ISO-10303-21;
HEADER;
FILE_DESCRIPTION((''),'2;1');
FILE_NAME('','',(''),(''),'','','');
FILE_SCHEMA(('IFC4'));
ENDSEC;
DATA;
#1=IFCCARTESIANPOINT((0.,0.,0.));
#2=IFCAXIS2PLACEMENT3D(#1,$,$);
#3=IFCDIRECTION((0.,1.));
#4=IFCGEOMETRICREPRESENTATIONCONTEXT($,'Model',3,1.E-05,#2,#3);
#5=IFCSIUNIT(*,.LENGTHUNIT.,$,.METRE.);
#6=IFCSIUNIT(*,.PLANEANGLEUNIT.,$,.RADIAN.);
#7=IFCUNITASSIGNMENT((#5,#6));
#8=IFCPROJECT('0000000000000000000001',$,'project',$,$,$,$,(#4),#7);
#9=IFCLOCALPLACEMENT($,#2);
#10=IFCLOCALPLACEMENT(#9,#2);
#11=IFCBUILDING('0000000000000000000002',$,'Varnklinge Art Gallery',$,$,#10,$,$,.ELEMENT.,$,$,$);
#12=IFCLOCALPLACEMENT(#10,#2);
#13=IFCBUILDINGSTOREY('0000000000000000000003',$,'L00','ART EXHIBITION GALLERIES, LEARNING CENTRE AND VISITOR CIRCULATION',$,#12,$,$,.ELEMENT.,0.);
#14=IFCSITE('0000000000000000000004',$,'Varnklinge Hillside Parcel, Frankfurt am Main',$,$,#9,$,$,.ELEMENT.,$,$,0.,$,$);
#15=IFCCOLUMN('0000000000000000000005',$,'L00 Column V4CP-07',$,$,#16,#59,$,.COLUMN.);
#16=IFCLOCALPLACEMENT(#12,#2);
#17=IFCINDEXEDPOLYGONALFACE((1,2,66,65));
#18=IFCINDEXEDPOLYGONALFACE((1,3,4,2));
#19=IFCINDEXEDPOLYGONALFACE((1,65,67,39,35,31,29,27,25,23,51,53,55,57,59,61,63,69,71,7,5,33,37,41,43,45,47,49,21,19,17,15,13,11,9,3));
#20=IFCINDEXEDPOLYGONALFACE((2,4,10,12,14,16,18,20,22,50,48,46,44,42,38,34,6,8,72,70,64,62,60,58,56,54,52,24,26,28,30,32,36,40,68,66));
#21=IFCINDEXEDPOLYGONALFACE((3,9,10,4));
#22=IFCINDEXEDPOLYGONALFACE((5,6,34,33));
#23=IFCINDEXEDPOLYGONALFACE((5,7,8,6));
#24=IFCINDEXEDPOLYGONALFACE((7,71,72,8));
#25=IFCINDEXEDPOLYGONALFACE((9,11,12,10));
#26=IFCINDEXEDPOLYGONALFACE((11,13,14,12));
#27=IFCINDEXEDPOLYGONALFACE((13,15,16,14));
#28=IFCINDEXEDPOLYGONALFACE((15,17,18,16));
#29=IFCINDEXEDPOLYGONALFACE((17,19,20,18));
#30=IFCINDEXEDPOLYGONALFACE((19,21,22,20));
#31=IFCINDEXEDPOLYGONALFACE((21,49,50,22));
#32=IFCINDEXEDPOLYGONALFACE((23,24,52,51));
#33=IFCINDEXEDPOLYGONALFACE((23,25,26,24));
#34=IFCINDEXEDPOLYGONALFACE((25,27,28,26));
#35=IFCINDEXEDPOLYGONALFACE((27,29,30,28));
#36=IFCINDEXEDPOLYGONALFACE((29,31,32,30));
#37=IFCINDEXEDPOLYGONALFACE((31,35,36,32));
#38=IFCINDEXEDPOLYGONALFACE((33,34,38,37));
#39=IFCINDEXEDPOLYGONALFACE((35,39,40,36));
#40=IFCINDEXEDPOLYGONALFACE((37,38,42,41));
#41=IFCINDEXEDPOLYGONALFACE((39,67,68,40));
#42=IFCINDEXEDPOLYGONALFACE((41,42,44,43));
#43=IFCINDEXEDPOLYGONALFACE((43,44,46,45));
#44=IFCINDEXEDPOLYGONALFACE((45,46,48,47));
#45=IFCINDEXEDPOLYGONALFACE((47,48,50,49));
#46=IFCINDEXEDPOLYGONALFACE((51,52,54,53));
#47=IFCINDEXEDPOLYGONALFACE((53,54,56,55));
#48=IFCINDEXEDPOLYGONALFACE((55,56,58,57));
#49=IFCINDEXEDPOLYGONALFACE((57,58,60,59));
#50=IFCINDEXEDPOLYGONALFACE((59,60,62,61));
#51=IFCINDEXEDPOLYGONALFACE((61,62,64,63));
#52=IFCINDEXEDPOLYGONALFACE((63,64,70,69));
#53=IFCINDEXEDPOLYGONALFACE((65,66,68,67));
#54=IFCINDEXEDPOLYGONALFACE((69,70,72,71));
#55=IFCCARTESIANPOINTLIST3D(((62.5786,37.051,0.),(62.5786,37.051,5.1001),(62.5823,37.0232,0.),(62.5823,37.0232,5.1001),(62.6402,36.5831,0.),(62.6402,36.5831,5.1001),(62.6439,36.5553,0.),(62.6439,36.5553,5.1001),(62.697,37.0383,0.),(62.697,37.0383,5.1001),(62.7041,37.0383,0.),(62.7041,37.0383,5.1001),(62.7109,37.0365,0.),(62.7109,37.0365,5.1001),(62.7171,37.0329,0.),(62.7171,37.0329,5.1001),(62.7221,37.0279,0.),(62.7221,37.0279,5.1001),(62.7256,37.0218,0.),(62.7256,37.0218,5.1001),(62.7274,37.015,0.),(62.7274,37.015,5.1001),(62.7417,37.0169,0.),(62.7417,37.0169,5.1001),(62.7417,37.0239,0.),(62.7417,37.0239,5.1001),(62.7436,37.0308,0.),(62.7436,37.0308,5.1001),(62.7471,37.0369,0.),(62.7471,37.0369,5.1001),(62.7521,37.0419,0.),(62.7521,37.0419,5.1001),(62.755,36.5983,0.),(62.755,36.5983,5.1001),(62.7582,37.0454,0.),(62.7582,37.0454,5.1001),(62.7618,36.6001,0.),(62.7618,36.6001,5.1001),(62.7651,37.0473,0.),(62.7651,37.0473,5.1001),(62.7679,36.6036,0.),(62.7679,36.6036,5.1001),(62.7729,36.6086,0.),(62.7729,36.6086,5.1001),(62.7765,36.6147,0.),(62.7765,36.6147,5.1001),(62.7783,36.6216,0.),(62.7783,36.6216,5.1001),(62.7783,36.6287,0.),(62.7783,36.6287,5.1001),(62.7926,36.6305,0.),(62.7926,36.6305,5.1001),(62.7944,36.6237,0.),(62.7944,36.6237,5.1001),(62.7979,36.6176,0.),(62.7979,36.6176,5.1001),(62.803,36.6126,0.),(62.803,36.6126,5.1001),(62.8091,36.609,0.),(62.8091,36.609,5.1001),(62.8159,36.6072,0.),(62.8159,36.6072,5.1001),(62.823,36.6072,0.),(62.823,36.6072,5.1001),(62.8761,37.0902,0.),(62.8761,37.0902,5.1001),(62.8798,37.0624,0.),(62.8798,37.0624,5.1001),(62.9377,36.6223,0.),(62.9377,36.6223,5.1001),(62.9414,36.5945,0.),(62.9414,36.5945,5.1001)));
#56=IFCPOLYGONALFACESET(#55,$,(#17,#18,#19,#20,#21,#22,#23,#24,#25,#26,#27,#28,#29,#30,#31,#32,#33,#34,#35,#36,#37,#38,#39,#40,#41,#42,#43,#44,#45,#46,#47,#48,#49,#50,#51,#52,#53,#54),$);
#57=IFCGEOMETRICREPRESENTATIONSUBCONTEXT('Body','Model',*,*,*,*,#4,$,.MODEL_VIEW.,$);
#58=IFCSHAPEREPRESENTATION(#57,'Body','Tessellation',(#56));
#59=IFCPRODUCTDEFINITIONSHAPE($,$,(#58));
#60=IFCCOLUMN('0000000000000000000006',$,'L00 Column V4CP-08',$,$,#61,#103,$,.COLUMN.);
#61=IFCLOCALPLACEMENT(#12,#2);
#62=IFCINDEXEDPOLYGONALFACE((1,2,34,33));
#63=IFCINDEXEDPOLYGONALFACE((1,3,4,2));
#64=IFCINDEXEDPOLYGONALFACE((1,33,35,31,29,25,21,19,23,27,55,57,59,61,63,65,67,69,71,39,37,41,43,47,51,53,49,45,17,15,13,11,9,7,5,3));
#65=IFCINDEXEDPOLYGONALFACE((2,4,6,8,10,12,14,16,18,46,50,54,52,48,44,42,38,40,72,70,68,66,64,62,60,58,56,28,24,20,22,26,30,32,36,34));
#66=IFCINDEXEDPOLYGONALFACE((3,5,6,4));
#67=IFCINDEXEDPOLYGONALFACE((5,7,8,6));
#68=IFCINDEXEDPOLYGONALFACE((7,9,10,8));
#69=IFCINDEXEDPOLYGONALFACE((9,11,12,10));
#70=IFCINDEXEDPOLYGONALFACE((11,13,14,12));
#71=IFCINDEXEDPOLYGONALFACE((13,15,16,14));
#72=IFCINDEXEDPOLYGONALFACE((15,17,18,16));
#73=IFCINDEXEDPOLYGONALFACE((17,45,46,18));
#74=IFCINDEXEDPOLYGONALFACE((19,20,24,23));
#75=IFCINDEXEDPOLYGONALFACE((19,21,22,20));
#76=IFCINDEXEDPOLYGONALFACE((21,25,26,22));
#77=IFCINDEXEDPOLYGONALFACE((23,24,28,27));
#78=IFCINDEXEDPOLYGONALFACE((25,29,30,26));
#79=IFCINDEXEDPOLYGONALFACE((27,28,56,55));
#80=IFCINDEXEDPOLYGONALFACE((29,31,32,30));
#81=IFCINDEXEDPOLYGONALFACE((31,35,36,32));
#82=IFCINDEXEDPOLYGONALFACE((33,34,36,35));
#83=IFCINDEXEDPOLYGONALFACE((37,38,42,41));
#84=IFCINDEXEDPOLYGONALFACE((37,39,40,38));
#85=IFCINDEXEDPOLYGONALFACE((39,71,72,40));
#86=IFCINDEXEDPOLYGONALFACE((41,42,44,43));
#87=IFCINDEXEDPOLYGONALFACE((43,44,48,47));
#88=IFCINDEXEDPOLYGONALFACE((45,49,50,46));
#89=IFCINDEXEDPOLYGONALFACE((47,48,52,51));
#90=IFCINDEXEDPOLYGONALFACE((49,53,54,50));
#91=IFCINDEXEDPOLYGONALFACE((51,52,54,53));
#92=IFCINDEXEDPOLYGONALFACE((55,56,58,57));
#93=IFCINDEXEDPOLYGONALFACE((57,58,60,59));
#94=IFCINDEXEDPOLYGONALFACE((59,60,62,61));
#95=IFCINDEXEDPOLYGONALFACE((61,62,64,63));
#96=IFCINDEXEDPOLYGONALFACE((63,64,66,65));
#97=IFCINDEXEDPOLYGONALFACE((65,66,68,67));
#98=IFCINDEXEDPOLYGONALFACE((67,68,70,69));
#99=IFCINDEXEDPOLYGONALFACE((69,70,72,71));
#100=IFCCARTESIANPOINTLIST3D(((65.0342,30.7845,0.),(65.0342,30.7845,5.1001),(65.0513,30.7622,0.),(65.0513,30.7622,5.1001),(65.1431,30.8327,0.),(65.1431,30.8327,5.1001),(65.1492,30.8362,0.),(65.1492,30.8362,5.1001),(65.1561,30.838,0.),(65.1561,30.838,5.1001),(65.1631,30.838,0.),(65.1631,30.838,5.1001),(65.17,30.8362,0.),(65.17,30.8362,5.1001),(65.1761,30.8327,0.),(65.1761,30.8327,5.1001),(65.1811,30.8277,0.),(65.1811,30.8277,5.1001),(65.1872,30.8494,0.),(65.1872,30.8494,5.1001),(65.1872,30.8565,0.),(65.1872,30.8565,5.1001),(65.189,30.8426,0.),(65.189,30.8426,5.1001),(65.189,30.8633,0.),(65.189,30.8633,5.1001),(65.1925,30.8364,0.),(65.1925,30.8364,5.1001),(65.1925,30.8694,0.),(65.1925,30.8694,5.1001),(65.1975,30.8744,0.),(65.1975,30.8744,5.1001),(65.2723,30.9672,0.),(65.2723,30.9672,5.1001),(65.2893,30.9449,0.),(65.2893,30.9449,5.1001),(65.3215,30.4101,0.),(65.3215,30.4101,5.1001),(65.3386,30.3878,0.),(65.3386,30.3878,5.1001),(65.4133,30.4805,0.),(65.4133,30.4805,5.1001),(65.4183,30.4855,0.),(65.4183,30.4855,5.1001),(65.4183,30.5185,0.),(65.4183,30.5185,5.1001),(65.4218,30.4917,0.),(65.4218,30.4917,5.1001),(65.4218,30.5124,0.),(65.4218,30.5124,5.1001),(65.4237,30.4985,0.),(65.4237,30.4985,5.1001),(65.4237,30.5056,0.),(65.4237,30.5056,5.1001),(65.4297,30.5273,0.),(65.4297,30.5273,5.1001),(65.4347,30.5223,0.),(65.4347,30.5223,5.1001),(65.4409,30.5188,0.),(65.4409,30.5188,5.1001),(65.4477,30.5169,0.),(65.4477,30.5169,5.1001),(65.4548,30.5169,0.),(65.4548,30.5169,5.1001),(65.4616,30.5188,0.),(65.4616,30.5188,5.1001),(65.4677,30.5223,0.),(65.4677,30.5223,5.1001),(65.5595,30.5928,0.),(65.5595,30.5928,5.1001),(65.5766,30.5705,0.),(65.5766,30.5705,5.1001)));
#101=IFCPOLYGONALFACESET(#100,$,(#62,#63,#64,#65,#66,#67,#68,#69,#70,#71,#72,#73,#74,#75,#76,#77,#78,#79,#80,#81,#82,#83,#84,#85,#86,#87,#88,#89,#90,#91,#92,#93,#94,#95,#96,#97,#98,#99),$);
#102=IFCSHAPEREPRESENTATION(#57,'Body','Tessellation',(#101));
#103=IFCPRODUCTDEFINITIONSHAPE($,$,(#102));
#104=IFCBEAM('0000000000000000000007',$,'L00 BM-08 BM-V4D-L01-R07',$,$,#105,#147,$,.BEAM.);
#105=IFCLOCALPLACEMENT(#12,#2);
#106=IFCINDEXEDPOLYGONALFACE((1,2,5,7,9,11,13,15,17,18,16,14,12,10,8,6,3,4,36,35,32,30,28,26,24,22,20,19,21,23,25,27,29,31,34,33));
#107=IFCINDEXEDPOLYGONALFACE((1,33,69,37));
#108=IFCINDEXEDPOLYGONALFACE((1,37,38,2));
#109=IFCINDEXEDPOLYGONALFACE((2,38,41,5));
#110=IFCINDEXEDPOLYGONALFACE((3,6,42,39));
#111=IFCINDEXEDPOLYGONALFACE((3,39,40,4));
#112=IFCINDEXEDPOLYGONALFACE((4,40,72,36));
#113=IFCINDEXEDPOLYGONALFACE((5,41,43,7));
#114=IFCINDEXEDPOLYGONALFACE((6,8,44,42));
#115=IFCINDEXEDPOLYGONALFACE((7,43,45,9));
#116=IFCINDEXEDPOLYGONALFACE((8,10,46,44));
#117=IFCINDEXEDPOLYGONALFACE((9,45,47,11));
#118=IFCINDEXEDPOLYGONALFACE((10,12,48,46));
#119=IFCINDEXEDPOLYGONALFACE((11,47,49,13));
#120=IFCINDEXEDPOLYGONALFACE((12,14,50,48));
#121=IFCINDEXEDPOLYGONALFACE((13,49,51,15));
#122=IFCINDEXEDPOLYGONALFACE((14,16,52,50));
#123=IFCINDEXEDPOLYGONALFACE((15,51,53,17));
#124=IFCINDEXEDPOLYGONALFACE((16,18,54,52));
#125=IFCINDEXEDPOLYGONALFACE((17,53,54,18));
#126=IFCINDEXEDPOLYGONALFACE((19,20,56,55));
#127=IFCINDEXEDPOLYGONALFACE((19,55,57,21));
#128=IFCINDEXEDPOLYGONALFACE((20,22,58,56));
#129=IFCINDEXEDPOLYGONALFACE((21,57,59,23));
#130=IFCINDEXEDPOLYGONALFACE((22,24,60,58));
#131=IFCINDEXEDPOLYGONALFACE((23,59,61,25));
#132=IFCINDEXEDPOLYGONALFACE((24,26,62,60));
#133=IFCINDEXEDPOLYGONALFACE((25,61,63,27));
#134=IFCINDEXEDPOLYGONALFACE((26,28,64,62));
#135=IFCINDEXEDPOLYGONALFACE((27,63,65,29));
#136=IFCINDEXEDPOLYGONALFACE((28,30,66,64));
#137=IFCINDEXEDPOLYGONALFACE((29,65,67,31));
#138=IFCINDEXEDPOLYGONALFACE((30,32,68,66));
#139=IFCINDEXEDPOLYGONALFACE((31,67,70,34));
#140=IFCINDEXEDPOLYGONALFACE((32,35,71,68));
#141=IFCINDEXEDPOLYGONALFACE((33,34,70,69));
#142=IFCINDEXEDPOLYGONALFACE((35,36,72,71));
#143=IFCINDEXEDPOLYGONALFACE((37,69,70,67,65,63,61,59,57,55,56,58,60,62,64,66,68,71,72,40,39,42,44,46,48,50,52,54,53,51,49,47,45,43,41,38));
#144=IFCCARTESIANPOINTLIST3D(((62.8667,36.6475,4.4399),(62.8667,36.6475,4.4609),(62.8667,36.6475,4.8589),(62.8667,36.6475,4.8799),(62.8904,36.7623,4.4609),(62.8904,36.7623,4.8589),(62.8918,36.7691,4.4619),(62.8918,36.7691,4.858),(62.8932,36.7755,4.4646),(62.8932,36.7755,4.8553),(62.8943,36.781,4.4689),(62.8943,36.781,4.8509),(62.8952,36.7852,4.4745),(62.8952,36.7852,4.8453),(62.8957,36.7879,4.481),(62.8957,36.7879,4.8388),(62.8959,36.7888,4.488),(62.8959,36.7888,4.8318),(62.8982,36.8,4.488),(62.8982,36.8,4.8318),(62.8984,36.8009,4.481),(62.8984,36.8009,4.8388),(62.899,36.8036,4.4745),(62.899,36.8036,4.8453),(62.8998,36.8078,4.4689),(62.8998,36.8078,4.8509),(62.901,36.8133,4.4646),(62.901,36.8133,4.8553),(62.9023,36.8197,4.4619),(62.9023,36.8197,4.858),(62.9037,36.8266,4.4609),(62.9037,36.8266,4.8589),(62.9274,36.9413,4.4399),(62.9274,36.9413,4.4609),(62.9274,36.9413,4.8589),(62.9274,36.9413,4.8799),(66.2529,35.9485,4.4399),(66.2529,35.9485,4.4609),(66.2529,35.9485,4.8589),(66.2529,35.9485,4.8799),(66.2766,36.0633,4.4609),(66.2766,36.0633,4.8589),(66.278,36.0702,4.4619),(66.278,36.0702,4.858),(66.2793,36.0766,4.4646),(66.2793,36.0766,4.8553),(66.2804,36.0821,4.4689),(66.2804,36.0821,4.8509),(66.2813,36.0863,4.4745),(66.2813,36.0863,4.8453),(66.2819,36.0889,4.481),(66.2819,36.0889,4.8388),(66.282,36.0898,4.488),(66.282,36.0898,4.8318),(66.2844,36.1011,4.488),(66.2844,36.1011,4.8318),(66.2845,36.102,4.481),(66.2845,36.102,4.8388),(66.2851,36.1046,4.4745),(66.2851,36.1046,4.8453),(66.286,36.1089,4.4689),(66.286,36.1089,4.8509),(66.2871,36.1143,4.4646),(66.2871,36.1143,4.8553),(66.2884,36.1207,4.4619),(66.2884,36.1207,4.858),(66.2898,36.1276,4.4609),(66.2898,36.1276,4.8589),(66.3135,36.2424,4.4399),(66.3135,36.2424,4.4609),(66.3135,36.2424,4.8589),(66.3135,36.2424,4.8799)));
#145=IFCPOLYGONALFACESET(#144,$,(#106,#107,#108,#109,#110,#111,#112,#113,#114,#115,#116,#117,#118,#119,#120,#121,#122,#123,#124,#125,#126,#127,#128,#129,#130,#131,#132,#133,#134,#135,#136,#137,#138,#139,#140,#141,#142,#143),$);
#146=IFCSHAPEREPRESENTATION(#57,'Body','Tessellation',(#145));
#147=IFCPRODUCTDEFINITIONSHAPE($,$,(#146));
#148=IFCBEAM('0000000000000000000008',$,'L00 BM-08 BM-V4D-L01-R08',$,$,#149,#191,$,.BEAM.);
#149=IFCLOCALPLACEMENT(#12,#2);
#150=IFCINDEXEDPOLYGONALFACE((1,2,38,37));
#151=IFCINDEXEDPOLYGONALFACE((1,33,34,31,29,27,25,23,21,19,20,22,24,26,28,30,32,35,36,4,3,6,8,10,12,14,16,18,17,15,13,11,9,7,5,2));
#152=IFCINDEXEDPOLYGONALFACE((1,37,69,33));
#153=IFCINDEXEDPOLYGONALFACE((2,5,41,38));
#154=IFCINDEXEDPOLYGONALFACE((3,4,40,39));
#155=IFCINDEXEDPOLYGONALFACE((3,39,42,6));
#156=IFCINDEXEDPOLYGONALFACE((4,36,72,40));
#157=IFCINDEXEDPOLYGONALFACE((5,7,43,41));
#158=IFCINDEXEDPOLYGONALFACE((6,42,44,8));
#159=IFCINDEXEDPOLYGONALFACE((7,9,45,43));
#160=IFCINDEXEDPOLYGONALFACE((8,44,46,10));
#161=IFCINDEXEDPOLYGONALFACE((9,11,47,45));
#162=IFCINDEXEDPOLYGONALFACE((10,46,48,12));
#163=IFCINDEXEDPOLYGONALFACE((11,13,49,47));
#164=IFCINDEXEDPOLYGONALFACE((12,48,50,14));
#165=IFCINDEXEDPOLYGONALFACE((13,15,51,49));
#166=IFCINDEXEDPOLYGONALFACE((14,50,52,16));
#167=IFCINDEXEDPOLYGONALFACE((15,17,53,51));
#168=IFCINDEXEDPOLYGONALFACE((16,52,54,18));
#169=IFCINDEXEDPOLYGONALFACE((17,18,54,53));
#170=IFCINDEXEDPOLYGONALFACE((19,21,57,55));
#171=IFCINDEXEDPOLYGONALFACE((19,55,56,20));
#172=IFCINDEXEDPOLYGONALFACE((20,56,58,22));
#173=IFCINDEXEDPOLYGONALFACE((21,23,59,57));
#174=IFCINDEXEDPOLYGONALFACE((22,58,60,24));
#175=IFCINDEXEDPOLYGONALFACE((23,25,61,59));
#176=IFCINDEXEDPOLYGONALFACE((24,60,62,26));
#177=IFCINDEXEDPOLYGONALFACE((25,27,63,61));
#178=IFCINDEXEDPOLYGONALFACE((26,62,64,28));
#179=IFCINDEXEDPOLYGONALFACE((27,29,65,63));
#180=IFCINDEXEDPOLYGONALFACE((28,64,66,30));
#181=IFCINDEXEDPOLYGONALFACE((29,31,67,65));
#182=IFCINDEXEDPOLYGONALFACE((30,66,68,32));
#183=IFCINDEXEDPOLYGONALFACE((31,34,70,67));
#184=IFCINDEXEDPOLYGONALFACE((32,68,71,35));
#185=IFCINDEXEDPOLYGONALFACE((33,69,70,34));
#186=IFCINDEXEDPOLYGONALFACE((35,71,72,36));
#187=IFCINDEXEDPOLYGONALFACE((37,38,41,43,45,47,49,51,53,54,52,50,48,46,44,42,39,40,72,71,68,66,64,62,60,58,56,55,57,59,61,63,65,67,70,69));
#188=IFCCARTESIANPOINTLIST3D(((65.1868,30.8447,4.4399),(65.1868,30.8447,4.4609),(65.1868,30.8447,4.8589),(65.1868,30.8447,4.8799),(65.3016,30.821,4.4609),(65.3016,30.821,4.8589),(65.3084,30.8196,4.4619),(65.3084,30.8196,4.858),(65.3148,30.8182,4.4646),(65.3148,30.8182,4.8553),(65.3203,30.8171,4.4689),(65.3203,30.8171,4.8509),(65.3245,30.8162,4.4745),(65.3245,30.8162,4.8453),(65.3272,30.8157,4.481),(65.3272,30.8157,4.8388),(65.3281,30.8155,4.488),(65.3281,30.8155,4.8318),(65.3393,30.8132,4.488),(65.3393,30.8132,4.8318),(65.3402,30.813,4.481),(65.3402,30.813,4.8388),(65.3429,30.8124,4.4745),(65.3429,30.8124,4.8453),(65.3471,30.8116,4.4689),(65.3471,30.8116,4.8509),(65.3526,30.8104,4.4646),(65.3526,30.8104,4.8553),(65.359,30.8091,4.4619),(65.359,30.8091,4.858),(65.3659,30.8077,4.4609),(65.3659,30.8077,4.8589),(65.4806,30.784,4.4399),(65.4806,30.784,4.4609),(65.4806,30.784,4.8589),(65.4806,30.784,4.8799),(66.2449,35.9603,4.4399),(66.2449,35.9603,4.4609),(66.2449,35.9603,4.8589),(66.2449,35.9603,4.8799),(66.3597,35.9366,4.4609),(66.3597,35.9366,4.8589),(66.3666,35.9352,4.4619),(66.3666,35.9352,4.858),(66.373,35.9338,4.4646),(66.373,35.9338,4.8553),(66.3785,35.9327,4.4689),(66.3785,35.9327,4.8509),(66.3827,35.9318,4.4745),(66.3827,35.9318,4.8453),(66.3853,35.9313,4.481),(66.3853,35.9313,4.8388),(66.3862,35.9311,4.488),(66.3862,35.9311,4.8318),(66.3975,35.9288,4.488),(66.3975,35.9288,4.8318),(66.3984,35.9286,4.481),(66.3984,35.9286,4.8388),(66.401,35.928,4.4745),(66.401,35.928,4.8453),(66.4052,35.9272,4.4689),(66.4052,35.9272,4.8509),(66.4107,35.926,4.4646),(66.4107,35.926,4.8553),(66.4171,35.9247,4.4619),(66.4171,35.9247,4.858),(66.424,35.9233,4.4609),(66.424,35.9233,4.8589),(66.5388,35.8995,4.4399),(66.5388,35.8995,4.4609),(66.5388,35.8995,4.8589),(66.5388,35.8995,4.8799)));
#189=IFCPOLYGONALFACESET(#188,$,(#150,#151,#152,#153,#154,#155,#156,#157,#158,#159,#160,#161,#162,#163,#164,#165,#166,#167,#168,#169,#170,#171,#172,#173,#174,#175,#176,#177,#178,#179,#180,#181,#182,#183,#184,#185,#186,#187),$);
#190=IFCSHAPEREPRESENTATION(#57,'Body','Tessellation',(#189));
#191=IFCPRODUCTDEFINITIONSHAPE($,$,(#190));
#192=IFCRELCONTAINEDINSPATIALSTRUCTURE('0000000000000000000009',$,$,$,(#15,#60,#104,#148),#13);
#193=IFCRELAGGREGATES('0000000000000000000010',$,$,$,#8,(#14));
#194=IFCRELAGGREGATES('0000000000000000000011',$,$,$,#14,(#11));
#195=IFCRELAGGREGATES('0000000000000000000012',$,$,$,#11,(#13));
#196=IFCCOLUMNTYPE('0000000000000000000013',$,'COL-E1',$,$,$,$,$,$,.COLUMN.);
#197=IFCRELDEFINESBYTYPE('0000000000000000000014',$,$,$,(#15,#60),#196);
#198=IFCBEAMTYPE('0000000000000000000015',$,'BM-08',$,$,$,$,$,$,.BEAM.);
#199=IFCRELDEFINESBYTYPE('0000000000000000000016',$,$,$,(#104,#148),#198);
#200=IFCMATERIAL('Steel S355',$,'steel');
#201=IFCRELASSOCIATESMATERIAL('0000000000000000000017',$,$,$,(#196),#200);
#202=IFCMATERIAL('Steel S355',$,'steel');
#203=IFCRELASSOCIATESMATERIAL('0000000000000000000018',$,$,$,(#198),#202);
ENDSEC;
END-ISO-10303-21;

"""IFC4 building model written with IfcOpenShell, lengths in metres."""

from ifc_helpers import new_model, si_unit, direction, frame, origin, origin_2d, place, context, subcontext, project, spatial, i_section, extrude, material, material_profile, profile_set, type_object, element, save


model = new_model("IFC4")

# Units and contexts
model_context = context("Model", 3, precision=1e-05, world=origin(), true_north=direction((0.0, 1.0)))
body_context = subcontext(model_context, "Body", "Model", "MODEL_VIEW")
ifc_project = project(units=[si_unit("LENGTHUNIT", "METRE"), si_unit("PLANEANGLEUNIT", "RADIAN")], contexts=[model_context])

# Site, building, storey
site_placement = place(None, origin())
site = spatial("IfcSite", under=ifc_project, at=site_placement, Name="Varnklinge Hillside Parcel, Frankfurt am Main", CompositionType="ELEMENT", RefElevation=0.0)
building_placement = place(site_placement, origin())
building = spatial("IfcBuilding", under=site, at=building_placement, Name="Varnklinge Art Gallery", CompositionType="ELEMENT")
storey_placement = place(building_placement, origin())
storey = spatial("IfcBuildingStorey", under=building, at=storey_placement, Name="L00", Description="ART EXHIBITION GALLERIES, LEARNING CENTRE AND VISITOR CIRCULATION", CompositionType="ELEMENT", Elevation=0.0)

# Columns
ifc_material_1 = material(Name="Steel S355", Category="steel")
ifc_material_profile_1 = material_profile(ifc_material_1, i_section(OverallWidth=0.3, OverallDepth=0.5, WebThickness=0.0144, FlangeThickness=0.0281, FilletRadius=0.0271, at=origin_2d()), Name="HEB 500")
ifc_profile_set_1 = profile_set([ifc_material_profile_1], Name="Steel S355")
column_type = type_object("IfcColumnType", Name="COL-E1", PredefinedType="COLUMN", material=ifc_profile_set_1)
for number, where, z_axis, x_axis, name in (
    (1, (62.76, 36.8228, 0.0), (0.0, 0.0, 1.0), (-0.991445, -0.130526, 0.0), "L00 Column V4CP-07"),
    (2, (65.3054, 30.6775, 0.0), (0.0, 0.0, 1.0), (-0.793353, -0.608761, 0.0), "L00 Column V4CP-08"),
):
    element("IfcColumn", number, at=place(storey_placement, frame(where, z_axis=z_axis, x_axis=x_axis)), inside=storey, type_object=column_type, Name=name, PredefinedType="COLUMN", context=body_context, shape_type="SweptSolid", body=[
        extrude(i_section(OverallWidth=0.3, OverallDepth=0.5, WebThickness=0.0144, FlangeThickness=0.0281, FilletRadius=0.0271, at=origin_2d()), origin(), (0.0, 0.0, 1.0), 5.1001),
    ])

# Beams
ifc_material_2 = material(Name="Steel S355", Category="steel")
ifc_material_profile_2 = material_profile(ifc_material_2, i_section(OverallWidth=0.3, OverallDepth=0.4399, WebThickness=0.0115, FlangeThickness=0.021, FilletRadius=0.0271, at=origin_2d()), Name="HEA 450")
ifc_profile_set_2 = profile_set([ifc_material_profile_2], Name="Steel S355")
beam_type_1 = type_object("IfcBeamType", Name="BM-08", PredefinedType="BEAM", material=ifc_profile_set_2)
beam_1_placement = place(storey_placement, frame((66.2832, 36.0955, 4.6599), z_axis=(-0.979354, 0.202155, 0.0), x_axis=(-0.202155, -0.979354, 0.0)))
element("IfcBeam", 3, at=beam_1_placement, inside=storey, type_object=beam_type_1, Name="L00 BM-08 BM-V4D-L01-R07", PredefinedType="BEAM", context=body_context, shape_type="SweptSolid", body=[
    extrude(i_section(OverallWidth=0.3, OverallDepth=0.4399, WebThickness=0.0115, FlangeThickness=0.021, FilletRadius=0.0271, at=origin_2d()), origin(), (0.0, 0.0, 1.0), 3.4575),
])
beam_2_placement = place(storey_placement, frame((66.3918, 35.9299, 4.6599), z_axis=(-0.202556, -0.979271, 0.0), x_axis=(0.979271, -0.202556, 0.0)))
element("IfcBeam", 4, at=beam_2_placement, inside=storey, type_object=beam_type_1, Name="L00 BM-08 BM-V4D-L01-R08", PredefinedType="BEAM", context=body_context, shape_type="SweptSolid", body=[
    extrude(i_section(OverallWidth=0.3, OverallDepth=0.4399, WebThickness=0.0115, FlangeThickness=0.021, FilletRadius=0.0271, at=origin_2d()), origin(), (0.0, 0.0, 1.0), 5.2239),
])

save(model, "model.ifc")
